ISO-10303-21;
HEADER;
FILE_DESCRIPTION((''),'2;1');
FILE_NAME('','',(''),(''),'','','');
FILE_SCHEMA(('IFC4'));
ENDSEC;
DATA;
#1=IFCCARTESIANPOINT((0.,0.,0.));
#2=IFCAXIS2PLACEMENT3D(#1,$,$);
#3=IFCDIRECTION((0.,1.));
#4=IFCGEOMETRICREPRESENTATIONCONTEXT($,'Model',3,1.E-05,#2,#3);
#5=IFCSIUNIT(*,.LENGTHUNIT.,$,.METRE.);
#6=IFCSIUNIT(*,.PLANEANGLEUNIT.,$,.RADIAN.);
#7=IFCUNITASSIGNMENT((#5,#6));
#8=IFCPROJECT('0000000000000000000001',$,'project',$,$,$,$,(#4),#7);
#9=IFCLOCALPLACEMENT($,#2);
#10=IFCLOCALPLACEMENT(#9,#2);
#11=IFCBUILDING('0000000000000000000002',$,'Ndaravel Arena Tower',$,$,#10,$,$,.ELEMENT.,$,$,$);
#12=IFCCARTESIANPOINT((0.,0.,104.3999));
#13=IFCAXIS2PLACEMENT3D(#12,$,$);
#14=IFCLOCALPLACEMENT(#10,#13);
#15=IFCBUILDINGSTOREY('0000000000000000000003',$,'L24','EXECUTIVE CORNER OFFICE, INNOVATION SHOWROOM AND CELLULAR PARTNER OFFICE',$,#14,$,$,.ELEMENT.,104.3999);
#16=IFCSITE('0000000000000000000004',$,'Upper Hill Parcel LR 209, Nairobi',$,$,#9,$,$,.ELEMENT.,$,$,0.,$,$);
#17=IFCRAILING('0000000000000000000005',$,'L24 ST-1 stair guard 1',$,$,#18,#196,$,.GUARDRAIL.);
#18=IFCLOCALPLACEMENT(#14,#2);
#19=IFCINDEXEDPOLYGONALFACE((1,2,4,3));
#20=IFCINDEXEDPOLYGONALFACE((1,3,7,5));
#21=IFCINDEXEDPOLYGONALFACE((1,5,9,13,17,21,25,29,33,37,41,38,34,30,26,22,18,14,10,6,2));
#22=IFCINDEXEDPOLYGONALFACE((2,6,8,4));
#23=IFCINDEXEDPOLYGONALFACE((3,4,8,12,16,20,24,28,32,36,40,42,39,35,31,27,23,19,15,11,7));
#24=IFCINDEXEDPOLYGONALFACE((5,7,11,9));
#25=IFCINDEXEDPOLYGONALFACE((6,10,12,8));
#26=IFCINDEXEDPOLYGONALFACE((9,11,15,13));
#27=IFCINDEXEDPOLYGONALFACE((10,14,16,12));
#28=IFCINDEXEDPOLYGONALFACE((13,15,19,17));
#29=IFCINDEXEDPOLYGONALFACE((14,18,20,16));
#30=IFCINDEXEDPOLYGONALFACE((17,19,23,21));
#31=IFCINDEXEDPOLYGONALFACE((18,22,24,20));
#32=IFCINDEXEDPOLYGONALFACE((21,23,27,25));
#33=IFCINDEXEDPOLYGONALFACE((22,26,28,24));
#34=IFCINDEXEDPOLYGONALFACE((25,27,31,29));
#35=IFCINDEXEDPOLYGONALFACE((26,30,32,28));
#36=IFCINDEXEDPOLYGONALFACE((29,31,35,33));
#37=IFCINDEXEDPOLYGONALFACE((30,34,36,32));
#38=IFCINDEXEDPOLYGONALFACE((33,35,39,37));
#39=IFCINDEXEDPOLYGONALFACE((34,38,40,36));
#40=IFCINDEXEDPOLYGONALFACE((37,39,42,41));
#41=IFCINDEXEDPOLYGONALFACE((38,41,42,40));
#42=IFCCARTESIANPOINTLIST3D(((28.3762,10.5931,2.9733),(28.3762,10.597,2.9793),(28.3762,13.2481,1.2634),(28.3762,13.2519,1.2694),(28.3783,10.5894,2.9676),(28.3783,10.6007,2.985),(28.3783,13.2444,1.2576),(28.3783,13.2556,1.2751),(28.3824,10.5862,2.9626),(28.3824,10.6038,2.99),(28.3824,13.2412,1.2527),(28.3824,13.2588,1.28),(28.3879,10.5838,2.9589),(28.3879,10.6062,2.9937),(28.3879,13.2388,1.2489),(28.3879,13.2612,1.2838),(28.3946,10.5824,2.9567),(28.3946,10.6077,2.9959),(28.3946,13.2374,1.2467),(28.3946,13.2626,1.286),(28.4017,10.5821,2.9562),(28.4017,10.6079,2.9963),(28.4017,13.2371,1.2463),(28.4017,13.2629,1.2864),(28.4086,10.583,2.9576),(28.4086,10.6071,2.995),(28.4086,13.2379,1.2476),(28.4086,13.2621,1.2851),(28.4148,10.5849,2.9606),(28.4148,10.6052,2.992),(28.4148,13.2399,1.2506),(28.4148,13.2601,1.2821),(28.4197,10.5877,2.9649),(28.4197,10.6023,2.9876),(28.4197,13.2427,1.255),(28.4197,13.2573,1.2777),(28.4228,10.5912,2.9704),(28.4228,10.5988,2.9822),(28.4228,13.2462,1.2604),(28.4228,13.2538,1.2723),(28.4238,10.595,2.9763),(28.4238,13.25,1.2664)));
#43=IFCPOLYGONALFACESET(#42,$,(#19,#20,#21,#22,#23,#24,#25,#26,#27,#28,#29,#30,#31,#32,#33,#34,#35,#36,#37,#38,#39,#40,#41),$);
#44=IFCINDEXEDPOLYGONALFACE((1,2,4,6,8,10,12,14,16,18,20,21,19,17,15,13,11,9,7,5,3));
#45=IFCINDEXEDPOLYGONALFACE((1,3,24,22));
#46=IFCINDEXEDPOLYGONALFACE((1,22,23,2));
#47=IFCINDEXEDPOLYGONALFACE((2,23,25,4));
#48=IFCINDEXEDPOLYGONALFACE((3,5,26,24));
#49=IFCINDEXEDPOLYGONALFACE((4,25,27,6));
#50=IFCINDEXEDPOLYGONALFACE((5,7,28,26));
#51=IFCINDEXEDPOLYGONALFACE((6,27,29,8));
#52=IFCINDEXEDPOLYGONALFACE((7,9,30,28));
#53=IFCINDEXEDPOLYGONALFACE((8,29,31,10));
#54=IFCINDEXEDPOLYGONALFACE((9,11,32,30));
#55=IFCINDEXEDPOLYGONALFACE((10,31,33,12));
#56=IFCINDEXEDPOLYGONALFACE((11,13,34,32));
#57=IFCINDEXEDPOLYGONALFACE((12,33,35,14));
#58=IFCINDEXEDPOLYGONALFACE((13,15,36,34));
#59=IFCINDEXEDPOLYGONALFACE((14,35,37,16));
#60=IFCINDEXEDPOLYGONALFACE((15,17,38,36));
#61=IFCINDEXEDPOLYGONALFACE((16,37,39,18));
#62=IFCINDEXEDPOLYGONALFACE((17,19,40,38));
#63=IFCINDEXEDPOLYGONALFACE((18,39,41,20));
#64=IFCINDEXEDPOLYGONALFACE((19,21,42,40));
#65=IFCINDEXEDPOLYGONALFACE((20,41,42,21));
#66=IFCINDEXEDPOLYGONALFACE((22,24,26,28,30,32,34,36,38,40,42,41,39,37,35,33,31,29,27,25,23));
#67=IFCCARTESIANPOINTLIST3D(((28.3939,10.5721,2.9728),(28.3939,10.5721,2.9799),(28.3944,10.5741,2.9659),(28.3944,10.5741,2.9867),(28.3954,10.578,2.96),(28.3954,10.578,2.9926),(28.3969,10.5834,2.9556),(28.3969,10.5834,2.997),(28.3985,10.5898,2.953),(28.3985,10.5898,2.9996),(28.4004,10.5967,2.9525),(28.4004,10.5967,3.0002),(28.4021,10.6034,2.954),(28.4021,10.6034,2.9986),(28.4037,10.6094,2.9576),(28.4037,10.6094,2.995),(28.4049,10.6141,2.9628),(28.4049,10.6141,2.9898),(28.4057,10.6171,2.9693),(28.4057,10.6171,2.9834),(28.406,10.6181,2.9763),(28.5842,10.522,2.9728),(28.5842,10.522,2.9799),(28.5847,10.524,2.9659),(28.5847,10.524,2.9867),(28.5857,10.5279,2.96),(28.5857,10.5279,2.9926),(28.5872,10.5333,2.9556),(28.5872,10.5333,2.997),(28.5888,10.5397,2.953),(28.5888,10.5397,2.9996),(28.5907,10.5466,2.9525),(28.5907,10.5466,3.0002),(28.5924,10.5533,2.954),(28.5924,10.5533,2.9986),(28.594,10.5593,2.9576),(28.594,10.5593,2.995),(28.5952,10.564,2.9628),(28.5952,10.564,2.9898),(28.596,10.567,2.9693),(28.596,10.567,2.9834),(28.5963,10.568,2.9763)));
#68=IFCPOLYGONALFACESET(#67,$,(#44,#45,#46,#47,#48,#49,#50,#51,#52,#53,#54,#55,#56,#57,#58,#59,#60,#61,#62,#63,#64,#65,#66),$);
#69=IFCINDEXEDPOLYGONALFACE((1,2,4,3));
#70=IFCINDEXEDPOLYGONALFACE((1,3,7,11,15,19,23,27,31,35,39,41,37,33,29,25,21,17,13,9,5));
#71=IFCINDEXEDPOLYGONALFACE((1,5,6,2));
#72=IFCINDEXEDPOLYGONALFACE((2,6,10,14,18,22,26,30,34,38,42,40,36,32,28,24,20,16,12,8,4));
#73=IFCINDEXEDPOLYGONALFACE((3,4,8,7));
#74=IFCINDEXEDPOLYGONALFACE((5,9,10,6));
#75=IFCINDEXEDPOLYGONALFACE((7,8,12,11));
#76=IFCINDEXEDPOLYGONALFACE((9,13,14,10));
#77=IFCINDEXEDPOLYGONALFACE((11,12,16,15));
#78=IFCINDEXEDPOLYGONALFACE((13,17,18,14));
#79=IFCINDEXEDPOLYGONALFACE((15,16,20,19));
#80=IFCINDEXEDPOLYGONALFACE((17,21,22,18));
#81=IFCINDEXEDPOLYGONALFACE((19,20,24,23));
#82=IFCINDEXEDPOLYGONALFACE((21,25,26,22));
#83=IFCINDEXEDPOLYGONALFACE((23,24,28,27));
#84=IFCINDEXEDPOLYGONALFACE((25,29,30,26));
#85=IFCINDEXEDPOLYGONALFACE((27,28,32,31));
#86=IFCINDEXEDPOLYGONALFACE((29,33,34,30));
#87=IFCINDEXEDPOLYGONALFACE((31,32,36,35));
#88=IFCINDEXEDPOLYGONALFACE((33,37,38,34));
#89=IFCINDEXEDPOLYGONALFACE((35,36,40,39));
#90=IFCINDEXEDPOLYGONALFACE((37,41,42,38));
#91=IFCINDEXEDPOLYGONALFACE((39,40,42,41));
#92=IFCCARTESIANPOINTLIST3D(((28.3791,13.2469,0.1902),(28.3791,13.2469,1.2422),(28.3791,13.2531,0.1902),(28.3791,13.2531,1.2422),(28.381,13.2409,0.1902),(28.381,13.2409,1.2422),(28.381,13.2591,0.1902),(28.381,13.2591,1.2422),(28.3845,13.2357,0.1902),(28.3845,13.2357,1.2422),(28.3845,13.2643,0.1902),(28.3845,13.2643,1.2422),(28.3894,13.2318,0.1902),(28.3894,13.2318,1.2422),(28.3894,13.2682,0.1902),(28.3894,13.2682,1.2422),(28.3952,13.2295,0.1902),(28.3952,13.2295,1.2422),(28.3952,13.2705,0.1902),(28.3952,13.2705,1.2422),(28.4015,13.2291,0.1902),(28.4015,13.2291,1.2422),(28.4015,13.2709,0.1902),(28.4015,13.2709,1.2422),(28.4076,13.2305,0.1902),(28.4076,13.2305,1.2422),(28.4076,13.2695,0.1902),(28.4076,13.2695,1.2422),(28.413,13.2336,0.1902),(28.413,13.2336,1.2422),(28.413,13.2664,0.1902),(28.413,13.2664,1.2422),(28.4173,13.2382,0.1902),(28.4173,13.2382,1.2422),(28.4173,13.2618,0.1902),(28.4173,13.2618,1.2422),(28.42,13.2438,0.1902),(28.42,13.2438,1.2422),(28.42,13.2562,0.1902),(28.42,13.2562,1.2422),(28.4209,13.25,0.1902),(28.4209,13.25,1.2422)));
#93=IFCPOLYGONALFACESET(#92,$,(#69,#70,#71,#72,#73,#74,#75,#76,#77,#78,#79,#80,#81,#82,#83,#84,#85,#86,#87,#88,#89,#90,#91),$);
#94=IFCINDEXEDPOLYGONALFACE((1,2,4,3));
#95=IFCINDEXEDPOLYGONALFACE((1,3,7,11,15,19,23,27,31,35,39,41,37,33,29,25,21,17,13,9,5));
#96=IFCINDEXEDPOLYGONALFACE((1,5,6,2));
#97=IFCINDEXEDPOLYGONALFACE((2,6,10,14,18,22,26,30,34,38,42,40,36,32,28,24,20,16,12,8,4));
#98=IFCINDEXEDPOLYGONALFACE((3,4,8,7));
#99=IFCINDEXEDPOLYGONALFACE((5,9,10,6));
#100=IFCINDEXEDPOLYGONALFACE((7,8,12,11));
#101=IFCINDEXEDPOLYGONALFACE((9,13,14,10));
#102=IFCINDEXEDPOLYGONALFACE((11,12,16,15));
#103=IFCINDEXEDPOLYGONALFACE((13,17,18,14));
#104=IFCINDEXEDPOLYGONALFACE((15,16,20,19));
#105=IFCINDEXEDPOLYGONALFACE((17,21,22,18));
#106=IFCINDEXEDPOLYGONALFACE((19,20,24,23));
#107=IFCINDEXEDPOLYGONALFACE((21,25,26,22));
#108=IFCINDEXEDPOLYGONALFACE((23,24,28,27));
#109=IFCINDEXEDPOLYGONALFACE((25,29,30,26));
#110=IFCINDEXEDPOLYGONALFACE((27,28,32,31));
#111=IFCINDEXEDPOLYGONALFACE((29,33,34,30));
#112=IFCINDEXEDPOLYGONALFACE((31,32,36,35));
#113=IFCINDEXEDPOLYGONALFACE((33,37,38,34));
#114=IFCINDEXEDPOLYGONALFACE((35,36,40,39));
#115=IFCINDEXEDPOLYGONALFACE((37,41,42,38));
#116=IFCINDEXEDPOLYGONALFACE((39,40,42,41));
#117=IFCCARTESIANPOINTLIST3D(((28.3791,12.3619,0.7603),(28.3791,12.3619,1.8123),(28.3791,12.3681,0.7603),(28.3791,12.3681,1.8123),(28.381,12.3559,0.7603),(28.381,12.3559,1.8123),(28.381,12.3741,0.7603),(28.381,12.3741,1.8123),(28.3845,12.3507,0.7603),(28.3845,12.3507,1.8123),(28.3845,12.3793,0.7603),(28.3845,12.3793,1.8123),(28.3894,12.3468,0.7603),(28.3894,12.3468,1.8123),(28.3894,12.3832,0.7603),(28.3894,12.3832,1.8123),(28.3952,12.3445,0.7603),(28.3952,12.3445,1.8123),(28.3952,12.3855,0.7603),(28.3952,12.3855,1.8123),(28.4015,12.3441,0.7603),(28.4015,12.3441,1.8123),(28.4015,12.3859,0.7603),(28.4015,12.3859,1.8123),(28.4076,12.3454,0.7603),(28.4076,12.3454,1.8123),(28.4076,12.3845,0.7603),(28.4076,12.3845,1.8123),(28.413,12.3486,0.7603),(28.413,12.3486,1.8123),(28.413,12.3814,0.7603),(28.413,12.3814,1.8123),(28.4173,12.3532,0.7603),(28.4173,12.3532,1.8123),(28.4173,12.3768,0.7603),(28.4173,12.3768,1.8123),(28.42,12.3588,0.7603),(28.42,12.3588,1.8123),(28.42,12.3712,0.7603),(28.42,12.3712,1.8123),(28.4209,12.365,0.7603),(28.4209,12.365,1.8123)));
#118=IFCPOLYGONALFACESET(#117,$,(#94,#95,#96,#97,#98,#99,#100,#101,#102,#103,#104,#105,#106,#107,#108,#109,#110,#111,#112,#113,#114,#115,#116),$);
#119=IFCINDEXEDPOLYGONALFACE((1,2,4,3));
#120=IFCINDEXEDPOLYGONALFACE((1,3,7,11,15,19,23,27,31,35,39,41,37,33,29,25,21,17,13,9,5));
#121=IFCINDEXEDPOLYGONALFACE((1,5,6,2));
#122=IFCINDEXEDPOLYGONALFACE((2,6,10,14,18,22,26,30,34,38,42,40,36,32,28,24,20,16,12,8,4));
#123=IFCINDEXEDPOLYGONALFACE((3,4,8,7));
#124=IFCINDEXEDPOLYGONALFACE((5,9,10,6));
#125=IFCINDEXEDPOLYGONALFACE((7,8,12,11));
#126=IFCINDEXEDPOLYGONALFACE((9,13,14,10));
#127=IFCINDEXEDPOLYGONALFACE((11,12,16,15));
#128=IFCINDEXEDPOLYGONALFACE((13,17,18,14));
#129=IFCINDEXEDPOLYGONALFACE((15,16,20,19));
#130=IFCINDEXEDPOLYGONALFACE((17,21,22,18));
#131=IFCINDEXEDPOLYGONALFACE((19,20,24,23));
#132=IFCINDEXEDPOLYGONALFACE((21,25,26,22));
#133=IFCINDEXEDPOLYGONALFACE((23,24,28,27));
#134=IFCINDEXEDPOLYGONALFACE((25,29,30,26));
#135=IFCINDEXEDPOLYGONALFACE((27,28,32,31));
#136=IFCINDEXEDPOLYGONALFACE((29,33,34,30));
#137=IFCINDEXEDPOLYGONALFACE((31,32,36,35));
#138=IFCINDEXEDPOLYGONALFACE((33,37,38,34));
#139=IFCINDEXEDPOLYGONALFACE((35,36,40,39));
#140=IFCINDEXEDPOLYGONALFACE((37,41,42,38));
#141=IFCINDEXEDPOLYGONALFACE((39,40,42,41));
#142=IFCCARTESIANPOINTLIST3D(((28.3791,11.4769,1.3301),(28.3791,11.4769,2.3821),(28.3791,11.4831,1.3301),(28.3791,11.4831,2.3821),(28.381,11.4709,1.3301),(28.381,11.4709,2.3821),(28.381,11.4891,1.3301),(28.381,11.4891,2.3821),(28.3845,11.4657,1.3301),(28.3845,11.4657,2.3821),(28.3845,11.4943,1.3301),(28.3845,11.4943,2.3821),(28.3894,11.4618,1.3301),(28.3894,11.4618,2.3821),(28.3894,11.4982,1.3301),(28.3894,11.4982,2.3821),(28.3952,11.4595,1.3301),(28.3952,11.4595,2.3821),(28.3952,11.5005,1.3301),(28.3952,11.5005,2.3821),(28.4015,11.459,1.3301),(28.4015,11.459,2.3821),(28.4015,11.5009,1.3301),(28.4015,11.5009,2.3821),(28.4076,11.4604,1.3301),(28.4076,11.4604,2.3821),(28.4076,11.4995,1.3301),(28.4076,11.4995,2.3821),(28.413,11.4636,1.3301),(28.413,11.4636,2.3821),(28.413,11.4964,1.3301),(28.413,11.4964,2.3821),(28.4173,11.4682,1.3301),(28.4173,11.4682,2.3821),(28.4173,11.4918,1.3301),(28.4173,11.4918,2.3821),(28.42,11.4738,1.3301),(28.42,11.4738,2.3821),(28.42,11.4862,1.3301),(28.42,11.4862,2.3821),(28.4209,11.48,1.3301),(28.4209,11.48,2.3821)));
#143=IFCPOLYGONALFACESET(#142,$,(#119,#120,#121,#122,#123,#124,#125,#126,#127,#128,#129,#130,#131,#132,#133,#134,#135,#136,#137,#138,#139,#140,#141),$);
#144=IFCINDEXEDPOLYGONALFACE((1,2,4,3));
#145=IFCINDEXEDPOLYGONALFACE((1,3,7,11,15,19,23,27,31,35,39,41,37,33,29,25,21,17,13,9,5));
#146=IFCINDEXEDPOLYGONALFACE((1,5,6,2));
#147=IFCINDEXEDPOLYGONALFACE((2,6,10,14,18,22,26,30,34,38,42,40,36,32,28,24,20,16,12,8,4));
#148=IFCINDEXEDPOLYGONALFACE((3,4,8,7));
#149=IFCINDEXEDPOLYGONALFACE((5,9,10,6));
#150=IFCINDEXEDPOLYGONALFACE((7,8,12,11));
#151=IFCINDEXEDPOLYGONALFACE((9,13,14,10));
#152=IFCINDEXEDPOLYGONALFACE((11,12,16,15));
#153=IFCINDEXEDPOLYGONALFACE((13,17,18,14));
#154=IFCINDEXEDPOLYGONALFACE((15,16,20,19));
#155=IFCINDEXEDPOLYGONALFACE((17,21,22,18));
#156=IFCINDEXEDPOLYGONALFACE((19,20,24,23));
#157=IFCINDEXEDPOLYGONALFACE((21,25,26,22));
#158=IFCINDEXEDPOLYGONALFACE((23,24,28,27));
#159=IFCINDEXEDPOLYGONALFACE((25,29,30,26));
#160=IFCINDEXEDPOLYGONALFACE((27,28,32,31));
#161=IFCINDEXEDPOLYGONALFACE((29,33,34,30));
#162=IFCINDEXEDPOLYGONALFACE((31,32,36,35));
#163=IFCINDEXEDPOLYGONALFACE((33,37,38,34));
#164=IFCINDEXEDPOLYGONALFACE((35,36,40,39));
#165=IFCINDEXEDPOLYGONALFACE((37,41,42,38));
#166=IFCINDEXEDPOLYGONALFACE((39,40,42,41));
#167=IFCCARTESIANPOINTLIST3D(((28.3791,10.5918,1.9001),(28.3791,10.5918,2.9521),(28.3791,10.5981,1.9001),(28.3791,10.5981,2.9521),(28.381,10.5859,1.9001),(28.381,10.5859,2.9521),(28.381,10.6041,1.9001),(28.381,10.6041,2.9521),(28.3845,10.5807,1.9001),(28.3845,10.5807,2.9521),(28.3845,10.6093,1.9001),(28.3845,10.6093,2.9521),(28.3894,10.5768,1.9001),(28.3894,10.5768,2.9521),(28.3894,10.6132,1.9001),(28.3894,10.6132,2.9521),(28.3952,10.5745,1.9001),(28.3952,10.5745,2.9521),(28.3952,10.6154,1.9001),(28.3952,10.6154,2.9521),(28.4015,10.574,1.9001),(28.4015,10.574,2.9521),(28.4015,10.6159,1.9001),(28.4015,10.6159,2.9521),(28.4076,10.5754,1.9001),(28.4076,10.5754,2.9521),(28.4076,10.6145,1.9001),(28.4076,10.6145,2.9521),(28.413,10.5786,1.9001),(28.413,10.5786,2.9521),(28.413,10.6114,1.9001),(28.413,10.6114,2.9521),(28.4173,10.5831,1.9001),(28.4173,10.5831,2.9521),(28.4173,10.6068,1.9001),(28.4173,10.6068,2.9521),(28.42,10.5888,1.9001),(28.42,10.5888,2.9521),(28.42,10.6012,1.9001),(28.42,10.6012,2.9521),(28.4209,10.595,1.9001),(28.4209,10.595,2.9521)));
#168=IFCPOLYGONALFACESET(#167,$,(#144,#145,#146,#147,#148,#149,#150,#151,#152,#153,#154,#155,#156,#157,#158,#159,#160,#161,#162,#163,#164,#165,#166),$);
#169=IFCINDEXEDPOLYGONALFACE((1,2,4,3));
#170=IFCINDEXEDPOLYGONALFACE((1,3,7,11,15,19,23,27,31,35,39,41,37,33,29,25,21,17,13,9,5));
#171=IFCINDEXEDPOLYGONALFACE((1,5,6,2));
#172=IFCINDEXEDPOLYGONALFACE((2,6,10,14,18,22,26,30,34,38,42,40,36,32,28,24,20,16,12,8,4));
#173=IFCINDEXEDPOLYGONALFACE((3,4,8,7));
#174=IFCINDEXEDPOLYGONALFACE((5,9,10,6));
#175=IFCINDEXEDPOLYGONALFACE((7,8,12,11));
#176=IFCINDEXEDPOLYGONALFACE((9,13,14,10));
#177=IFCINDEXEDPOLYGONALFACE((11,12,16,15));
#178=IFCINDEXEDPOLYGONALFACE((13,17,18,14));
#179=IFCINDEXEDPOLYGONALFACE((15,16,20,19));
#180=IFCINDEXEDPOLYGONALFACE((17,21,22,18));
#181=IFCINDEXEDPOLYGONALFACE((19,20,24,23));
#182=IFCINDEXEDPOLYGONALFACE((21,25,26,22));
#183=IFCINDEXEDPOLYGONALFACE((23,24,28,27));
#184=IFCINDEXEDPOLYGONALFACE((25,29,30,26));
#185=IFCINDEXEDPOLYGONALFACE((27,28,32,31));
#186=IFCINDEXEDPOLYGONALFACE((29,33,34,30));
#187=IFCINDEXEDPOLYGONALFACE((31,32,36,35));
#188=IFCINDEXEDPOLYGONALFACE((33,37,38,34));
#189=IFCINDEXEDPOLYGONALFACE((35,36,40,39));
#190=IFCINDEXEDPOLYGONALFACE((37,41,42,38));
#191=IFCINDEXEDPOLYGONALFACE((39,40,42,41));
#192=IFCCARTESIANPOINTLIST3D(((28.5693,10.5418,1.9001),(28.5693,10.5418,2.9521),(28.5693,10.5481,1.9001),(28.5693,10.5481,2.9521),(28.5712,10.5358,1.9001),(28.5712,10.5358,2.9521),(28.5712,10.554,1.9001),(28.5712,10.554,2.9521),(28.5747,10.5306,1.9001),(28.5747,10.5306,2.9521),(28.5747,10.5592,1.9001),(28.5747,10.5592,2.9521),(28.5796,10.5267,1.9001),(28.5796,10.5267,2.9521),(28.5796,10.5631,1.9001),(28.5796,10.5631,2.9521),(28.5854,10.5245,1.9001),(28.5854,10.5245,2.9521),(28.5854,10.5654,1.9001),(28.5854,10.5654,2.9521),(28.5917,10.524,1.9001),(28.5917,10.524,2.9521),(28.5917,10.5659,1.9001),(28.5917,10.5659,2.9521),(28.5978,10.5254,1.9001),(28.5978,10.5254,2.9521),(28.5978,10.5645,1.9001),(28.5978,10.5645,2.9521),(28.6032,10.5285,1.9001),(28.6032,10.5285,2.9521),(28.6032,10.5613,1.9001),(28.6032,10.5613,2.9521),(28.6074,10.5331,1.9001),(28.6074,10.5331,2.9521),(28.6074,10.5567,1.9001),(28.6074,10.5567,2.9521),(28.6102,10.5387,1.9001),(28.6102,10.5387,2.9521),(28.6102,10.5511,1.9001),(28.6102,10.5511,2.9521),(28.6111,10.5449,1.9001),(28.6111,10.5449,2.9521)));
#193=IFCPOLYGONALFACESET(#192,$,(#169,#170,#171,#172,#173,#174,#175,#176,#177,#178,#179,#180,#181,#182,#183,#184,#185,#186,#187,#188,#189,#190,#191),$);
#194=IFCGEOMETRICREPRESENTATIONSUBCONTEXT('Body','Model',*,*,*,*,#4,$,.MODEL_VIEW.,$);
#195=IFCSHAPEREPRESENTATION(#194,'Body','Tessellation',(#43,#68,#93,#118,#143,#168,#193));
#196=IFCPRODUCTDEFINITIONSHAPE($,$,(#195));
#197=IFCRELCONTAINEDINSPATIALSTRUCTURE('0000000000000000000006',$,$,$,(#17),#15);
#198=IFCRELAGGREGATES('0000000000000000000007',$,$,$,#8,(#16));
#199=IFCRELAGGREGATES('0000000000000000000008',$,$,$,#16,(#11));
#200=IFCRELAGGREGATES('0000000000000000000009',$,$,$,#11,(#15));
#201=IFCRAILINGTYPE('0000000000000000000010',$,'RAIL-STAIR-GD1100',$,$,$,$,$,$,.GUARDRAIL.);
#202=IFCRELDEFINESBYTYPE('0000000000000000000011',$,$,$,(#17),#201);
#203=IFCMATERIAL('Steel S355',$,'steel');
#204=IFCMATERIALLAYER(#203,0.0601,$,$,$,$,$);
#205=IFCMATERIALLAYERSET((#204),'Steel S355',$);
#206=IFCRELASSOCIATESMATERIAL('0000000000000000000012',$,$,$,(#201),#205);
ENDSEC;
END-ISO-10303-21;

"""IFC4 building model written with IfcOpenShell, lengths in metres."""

from ifc_helpers import new_model, si_unit, direction, frame, origin, origin_2d, place, context, subcontext, project, spatial, circle, extrude, material, layer, layer_set, type_object, element, save


model = new_model("IFC4")

# Units and contexts
model_context = context("Model", 3, precision=1e-05, world=origin(), true_north=direction((0.0, 1.0)))
body_context = subcontext(model_context, "Body", "Model", "MODEL_VIEW")
ifc_project = project(units=[si_unit("LENGTHUNIT", "METRE"), si_unit("PLANEANGLEUNIT", "RADIAN")], contexts=[model_context])

# Site, building, storey
site_placement = place(None, origin())
site = spatial("IfcSite", under=ifc_project, at=site_placement, Name="Upper Hill Parcel LR 209, Nairobi", CompositionType="ELEMENT", RefElevation=0.0)
building_placement = place(site_placement, origin())
building = spatial("IfcBuilding", under=site, at=building_placement, Name="Ndaravel Arena Tower", CompositionType="ELEMENT")
storey_placement = place(building_placement, frame((0.0, 0.0, 104.3999)))
storey = spatial("IfcBuildingStorey", under=building, at=storey_placement, Name="L24", Description="EXECUTIVE CORNER OFFICE, INNOVATION SHOWROOM AND CELLULAR PARTNER OFFICE", CompositionType="ELEMENT", Elevation=104.3999)

# Railing
ifc_material_1 = material(Name="Steel S355", Category="steel")
ifc_layer_1 = layer(ifc_material_1, 0.0601)
ifc_layer_set_1 = layer_set([ifc_layer_1], Name="Steel S355")
railing_type_1 = type_object("IfcRailingType", Name="RAIL-STAIR-GD1100", PredefinedType="GUARDRAIL", material=ifc_layer_set_1)
railing_1_placement = place(storey_placement, frame((28.3999, 13.25, 0.1902)))
element("IfcRailing", 1, at=railing_1_placement, inside=storey, type_object=railing_type_1, Name="L24 ST-1 stair guard 1", PredefinedType="GUARDRAIL", context=body_context, shape_type="SweptSolid", body=[
    extrude(circle(Radius=0.0239, at=origin_2d()), frame((0.0, 0.0, 1.0762), z_axis=(0.0, -0.840724, 0.541465), x_axis=(1.0, 0.0, 0.0)), (0.0, 0.0, 1.0), 3.158),
    extrude(circle(Radius=0.0239, at=origin_2d()), frame((0.0, -2.655, 2.7861), z_axis=(0.967075, -0.254493, 0.0), x_axis=(0.254493, 0.967075, 0.0)), (0.0, 0.0, 1.0), 0.1968),
    extrude(circle(Radius=0.021, at=origin_2d()), origin(), (0.0, 0.0, 1.0), 1.052),
    extrude(circle(Radius=0.021, at=origin_2d()), frame((0.0, -0.885, 0.5701)), (0.0, 0.0, 1.0), 1.052),
    extrude(circle(Radius=0.021, at=origin_2d()), frame((0.0, -1.77, 1.1399)), (0.0, 0.0, 1.0), 1.052),
    extrude(circle(Radius=0.021, at=origin_2d()), frame((0.0, -2.655, 1.71)), (0.0, 0.0, 1.0), 1.052),
    extrude(circle(Radius=0.021, at=origin_2d()), frame((0.1902, -2.7051, 1.71)), (0.0, 0.0, 1.0), 1.052),
])

save(model, "model.ifc")
